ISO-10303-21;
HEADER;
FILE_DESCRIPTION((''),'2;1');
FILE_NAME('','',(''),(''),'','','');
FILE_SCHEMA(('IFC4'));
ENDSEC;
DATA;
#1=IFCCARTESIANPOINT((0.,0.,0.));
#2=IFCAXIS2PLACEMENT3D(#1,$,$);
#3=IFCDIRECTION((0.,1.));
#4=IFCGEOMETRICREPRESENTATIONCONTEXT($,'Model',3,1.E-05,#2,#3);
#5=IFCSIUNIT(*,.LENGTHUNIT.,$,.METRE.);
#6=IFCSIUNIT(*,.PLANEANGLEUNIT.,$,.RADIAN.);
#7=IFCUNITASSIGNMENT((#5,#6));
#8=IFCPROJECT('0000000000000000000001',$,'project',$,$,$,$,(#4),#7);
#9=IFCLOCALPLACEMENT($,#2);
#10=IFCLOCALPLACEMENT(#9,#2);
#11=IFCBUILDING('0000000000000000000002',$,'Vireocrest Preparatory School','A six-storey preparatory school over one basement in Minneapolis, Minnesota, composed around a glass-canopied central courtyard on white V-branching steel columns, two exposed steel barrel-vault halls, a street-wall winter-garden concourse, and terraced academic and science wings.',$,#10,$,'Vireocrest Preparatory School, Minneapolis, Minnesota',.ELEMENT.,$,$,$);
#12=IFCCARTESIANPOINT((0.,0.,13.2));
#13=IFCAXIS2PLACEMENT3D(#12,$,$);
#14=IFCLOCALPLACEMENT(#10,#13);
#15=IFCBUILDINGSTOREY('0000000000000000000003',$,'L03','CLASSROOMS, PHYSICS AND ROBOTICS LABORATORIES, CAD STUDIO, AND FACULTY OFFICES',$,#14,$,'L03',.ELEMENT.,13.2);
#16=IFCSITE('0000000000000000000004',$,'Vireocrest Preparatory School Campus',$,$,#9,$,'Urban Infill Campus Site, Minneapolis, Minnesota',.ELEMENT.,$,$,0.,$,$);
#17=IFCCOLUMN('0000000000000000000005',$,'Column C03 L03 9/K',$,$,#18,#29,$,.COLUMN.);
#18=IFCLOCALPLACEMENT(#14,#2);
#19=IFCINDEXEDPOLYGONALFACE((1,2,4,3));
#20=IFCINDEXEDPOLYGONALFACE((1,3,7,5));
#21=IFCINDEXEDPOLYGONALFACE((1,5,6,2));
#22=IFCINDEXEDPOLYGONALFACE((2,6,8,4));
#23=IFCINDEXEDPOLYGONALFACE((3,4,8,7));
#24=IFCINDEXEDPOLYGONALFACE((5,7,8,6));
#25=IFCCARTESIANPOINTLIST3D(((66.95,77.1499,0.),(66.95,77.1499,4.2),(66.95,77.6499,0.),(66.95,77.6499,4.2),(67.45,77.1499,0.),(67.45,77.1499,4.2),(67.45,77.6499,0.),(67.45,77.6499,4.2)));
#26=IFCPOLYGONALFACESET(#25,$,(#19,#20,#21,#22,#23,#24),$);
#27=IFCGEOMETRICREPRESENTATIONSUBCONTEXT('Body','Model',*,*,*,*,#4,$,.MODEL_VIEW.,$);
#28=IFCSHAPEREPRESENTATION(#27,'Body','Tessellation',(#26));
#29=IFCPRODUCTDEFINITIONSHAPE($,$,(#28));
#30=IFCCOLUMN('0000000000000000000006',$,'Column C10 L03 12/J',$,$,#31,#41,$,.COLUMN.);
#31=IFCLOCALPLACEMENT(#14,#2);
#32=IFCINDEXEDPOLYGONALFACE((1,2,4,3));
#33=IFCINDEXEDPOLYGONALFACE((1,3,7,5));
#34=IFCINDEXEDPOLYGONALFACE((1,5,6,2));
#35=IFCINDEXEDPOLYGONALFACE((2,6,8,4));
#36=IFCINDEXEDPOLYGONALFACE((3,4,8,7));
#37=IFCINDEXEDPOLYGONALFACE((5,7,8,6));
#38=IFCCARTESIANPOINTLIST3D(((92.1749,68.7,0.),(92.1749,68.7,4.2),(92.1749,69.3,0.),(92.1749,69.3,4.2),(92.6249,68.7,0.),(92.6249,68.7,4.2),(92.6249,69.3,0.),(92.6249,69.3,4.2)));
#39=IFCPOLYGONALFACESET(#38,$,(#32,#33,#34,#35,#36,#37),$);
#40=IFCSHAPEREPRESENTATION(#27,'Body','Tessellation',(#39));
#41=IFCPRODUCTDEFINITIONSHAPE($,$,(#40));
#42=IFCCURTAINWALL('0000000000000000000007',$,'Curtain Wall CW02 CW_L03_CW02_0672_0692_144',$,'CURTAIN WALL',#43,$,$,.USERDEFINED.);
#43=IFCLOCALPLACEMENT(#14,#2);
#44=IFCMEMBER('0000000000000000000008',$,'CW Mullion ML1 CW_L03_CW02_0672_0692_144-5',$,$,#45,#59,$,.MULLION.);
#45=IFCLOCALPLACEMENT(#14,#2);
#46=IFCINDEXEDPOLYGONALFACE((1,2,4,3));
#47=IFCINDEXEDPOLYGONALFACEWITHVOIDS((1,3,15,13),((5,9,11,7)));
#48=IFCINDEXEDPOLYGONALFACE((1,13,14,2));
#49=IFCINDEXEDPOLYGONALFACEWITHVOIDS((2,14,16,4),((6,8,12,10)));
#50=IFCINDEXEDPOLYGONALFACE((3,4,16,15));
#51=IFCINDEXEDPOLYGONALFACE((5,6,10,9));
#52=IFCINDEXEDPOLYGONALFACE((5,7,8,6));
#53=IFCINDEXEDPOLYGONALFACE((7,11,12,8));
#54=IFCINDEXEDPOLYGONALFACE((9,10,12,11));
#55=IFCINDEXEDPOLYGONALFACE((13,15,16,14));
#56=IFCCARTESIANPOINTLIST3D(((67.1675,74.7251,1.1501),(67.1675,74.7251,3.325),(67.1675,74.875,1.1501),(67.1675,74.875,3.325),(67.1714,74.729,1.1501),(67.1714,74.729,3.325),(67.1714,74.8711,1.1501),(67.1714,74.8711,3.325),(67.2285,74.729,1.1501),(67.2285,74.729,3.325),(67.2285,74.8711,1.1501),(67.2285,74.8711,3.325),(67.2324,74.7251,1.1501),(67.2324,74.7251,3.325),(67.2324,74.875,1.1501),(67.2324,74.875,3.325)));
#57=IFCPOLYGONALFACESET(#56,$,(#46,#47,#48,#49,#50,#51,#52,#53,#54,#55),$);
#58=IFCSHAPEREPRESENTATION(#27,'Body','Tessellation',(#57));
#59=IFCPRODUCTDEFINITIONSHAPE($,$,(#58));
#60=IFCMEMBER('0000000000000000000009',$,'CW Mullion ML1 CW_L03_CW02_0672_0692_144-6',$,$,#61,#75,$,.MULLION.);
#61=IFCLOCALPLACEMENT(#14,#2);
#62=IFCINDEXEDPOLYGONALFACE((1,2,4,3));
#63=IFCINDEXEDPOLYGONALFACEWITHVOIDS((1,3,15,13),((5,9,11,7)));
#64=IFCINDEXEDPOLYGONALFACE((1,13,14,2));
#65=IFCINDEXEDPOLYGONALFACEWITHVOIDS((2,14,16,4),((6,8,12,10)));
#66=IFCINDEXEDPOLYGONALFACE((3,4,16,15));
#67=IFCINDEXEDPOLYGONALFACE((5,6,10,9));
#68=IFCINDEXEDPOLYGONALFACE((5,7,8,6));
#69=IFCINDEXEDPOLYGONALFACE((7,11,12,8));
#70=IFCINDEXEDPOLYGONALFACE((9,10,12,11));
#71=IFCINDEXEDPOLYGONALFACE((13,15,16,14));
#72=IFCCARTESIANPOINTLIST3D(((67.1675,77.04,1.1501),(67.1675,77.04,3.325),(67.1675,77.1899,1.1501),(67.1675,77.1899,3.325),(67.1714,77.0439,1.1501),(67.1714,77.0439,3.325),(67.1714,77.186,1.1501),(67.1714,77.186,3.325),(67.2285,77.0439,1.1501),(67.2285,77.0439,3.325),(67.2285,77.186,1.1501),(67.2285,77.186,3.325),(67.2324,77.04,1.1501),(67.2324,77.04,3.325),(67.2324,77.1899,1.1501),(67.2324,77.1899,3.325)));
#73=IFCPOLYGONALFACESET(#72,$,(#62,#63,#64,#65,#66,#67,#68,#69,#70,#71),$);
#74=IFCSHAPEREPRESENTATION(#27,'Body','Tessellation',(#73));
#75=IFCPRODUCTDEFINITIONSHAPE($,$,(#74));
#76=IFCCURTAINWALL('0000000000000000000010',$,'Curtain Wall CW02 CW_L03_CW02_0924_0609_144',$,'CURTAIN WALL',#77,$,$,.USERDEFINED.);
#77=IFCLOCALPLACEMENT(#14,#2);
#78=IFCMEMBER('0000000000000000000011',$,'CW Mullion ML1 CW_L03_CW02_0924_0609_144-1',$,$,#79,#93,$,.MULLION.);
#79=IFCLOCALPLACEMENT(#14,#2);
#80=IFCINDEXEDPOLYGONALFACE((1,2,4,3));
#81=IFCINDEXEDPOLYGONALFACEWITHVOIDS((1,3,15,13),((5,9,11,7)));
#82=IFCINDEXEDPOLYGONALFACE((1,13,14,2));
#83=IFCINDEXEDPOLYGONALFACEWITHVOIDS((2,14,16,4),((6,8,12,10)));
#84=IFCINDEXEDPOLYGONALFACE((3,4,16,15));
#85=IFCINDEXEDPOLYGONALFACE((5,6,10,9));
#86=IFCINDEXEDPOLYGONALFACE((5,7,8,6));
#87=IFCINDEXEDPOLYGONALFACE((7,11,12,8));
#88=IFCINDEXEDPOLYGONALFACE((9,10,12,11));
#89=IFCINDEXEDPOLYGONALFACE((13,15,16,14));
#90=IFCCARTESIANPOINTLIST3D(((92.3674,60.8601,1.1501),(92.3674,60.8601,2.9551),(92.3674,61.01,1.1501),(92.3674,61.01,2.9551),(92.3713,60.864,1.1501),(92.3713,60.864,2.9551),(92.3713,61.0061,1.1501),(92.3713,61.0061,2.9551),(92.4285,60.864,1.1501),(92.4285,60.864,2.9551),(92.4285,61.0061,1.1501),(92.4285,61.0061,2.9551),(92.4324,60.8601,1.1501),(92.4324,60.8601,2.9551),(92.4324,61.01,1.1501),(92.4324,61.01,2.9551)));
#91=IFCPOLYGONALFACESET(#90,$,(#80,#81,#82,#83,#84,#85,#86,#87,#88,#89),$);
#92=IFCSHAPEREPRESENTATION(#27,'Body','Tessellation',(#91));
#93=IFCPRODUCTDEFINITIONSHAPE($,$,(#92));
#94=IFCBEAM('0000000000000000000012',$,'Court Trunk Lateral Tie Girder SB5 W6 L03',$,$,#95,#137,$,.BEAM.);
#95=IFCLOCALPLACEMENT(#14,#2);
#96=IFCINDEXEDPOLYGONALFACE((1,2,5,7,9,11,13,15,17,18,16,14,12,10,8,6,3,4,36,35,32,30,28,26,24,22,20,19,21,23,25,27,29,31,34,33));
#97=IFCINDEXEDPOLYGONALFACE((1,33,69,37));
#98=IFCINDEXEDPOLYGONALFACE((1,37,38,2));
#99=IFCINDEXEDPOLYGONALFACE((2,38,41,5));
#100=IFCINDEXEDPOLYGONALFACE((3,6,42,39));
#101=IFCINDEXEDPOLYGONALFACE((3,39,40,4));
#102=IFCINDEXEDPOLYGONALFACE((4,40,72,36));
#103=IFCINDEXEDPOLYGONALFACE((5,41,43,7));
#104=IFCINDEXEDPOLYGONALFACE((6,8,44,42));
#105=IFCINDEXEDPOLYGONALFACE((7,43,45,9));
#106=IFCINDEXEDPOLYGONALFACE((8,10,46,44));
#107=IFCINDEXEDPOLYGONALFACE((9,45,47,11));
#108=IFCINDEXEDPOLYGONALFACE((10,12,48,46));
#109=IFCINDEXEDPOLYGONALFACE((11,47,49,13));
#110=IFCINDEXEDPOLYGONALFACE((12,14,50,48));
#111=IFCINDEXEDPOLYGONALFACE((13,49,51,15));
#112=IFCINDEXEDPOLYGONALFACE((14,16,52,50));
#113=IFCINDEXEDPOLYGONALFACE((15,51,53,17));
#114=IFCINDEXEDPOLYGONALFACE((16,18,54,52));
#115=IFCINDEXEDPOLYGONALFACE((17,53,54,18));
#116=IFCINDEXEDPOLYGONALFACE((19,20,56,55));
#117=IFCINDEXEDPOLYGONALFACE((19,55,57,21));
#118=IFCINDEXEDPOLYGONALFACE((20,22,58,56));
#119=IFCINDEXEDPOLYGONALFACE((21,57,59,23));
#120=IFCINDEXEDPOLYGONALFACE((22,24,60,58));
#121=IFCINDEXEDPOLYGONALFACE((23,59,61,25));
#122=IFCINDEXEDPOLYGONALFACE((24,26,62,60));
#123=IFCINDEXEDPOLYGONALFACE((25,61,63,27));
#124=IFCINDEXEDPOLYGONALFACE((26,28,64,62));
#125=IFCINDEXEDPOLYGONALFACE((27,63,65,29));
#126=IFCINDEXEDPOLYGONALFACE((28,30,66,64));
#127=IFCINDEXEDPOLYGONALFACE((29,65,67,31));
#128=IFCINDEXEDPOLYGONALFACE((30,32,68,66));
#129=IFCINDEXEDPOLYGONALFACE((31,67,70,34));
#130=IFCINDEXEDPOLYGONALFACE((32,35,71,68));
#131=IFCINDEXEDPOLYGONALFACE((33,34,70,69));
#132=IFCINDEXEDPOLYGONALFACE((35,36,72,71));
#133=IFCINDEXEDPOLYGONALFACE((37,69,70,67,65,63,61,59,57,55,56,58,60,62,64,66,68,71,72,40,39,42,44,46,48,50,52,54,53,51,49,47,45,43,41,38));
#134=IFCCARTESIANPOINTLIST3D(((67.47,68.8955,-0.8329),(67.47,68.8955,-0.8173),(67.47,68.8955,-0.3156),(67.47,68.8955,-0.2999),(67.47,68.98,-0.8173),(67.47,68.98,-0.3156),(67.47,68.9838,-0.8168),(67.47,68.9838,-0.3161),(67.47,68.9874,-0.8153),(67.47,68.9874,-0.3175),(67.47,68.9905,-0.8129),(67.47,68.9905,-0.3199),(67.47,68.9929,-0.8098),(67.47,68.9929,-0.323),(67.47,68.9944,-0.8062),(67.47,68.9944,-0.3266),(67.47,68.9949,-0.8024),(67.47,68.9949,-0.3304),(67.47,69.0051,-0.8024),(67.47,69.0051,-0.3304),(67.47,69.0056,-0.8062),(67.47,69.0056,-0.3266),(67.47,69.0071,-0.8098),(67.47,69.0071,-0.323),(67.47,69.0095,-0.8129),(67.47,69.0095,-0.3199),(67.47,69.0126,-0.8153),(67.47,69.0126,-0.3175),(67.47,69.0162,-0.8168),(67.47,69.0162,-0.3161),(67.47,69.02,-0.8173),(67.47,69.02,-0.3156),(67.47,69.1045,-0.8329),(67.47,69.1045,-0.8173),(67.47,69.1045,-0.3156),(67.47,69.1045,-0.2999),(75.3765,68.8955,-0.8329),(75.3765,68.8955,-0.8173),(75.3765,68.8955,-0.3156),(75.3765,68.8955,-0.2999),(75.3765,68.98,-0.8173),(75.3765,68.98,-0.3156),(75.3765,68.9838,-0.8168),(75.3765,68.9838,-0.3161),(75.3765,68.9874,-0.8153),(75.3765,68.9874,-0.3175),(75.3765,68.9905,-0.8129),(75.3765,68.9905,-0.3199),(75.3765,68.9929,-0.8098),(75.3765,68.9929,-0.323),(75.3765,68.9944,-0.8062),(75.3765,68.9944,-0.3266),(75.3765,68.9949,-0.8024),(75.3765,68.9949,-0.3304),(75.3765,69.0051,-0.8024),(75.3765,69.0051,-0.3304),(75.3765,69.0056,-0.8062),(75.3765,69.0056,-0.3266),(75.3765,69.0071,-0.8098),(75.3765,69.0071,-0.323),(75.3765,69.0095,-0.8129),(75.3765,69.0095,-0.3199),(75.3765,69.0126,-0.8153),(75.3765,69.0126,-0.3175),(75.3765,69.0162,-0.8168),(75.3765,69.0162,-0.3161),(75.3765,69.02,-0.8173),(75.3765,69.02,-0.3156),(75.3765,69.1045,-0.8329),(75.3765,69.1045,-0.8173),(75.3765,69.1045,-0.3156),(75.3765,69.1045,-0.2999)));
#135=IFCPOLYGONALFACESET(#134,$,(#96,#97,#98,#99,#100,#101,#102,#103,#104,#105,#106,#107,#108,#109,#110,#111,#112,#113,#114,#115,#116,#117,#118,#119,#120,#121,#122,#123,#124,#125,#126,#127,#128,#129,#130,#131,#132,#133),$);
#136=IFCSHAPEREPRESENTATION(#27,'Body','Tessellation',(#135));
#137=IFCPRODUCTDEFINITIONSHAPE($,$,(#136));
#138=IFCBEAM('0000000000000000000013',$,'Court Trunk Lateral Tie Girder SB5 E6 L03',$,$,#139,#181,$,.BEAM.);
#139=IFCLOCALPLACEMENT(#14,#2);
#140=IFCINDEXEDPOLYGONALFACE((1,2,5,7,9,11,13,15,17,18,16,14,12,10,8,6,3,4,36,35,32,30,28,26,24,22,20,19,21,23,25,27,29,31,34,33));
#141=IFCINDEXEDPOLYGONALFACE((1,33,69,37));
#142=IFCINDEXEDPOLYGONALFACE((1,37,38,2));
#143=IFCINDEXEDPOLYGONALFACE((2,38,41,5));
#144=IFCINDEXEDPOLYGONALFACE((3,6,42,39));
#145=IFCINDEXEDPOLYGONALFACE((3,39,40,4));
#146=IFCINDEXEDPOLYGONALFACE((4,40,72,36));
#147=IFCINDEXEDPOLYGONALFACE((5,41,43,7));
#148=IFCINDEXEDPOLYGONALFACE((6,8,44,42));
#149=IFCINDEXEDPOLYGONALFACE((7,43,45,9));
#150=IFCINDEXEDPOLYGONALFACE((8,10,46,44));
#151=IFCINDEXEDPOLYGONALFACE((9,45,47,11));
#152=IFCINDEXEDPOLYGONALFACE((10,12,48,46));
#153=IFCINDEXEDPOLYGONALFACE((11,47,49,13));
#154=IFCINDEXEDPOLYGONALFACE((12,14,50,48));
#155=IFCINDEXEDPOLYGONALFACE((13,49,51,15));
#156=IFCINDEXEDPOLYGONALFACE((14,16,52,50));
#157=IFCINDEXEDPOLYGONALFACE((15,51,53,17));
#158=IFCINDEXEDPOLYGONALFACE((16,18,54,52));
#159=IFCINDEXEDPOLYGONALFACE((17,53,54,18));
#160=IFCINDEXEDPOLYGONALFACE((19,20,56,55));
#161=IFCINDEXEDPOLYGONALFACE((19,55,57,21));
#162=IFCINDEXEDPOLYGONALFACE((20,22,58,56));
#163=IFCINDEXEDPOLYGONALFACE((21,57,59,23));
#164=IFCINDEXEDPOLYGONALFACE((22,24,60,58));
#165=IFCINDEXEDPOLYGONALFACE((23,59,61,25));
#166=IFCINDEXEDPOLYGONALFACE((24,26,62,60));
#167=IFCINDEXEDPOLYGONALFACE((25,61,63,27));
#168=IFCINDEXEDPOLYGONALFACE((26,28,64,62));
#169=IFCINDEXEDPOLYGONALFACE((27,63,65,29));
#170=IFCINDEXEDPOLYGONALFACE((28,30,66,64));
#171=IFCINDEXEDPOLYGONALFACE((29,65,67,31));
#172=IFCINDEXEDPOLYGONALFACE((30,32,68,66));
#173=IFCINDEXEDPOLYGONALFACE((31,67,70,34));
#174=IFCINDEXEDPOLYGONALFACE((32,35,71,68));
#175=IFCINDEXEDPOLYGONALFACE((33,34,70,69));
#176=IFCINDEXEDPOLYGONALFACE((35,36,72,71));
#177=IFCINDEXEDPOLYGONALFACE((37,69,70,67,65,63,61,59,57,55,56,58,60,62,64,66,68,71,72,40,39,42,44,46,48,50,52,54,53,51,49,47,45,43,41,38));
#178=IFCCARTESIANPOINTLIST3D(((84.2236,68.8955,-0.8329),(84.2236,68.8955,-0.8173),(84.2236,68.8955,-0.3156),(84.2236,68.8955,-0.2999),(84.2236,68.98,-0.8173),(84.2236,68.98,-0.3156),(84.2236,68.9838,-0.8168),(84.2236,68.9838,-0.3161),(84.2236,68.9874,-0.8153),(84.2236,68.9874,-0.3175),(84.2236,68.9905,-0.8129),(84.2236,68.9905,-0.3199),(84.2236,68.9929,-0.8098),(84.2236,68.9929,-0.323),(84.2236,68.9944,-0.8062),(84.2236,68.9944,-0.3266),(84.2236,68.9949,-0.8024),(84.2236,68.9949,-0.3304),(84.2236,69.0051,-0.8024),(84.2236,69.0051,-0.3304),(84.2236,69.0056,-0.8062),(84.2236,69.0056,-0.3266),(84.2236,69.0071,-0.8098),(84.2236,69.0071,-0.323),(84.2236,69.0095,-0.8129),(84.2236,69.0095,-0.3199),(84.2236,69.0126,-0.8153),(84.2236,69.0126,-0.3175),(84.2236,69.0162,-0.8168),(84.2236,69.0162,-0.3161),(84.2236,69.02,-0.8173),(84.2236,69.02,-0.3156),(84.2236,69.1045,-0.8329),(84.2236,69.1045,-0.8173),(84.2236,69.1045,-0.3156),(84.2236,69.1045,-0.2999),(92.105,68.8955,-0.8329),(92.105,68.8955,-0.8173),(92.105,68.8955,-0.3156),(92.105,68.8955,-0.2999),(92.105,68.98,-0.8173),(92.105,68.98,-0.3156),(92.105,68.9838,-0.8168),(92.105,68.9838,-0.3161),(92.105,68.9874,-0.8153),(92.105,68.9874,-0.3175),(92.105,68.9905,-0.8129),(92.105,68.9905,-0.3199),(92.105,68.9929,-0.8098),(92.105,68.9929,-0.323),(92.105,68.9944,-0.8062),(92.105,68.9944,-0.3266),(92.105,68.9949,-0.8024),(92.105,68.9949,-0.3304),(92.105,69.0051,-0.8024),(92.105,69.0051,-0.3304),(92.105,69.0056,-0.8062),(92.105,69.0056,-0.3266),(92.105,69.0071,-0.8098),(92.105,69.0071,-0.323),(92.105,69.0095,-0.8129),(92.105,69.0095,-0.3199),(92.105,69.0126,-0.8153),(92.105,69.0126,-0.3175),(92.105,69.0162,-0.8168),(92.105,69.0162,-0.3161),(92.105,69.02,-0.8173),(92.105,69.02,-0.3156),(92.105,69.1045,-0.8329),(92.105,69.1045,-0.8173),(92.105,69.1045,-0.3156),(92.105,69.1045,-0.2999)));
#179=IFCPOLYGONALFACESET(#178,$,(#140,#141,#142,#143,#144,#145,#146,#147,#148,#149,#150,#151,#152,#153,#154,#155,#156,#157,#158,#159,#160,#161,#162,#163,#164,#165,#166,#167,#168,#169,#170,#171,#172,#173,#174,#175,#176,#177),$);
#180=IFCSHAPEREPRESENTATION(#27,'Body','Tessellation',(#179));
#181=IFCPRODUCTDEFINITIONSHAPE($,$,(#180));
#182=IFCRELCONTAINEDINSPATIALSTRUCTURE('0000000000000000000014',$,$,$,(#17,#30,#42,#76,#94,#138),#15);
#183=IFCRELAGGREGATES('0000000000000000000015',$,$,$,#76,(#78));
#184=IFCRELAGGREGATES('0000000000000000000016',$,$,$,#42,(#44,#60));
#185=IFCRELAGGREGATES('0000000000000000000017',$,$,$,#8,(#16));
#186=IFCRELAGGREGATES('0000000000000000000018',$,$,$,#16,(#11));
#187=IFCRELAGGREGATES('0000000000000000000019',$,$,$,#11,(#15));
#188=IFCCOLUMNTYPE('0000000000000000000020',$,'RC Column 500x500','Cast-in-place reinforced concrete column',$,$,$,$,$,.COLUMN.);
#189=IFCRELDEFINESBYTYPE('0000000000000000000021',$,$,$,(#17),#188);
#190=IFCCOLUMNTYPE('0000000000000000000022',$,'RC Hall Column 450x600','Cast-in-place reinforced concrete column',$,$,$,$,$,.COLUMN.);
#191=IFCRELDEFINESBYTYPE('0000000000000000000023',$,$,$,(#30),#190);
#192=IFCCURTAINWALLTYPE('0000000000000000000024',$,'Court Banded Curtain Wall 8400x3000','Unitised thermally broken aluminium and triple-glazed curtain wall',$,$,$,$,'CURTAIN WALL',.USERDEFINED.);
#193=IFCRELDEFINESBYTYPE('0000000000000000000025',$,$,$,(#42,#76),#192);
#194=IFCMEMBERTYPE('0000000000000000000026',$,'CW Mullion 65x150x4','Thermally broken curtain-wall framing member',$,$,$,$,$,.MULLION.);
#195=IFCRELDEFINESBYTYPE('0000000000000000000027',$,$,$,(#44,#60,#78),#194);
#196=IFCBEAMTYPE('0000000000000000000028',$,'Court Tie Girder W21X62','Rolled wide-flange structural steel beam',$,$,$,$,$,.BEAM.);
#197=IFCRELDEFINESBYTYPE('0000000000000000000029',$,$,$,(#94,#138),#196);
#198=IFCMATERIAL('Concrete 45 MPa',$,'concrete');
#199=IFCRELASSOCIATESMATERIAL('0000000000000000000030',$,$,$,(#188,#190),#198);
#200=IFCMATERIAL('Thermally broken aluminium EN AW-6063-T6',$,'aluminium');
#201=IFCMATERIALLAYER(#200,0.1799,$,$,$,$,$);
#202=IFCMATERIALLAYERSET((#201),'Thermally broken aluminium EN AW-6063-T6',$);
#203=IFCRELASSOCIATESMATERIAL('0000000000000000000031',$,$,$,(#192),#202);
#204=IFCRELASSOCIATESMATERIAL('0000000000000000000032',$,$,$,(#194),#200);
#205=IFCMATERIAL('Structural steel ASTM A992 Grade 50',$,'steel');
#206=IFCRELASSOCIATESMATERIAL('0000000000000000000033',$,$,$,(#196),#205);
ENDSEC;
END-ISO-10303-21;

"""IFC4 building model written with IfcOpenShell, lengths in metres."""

from ifc_helpers import new_model, si_unit, direction, frame, origin, origin_2d, place, context, subcontext, project, spatial, rectangle, hollow_rectangle, i_section, extrude, material, layer, layer_set, material_profile, profile_set, type_object, element, aggregate, save


model = new_model("IFC4")

# Units and contexts
model_context = context("Model", 3, precision=1e-05, world=origin(), true_north=direction((0.0, 1.0)))
body_context = subcontext(model_context, "Body", "Model", "MODEL_VIEW")
ifc_project = project(units=[si_unit("LENGTHUNIT", "METRE"), si_unit("PLANEANGLEUNIT", "RADIAN")], contexts=[model_context])

# Site, building, storey
site_placement = place(None, origin())
site = spatial("IfcSite", under=ifc_project, at=site_placement, Name="Vireocrest Preparatory School Campus", LongName="Urban Infill Campus Site, Minneapolis, Minnesota", CompositionType="ELEMENT", RefElevation=0.0)
building_placement = place(site_placement, origin())
building = spatial("IfcBuilding", under=site, at=building_placement, Name="Vireocrest Preparatory School", Description="A six-storey preparatory school over one basement in Minneapolis, Minnesota, composed around a glass-canopied central courtyard on white V-branching steel columns, two exposed steel barrel-vault halls, a street-wall winter-garden concourse, and terraced academic and science wings.", LongName="Vireocrest Preparatory School, Minneapolis, Minnesota", CompositionType="ELEMENT")
storey_placement = place(building_placement, frame((0.0, 0.0, 13.2)))
storey = spatial("IfcBuildingStorey", under=building, at=storey_placement, Name="L03", Description="CLASSROOMS, PHYSICS AND ROBOTICS LABORATORIES, CAD STUDIO, AND FACULTY OFFICES", LongName="L03", CompositionType="ELEMENT", Elevation=13.2)

# Columns
ifc_material_1 = material(Name="Concrete 45 MPa", Category="concrete")
ifc_material_profile_1 = material_profile(ifc_material_1, rectangle(XDim=0.5, YDim=0.5, at=origin_2d()), Name="RC 500x500")
ifc_profile_set_1 = profile_set([ifc_material_profile_1], Name="Concrete 45 MPa")
column_type_1 = type_object("IfcColumnType", Name="RC Column 500x500", Description="Cast-in-place reinforced concrete column", PredefinedType="COLUMN", material=ifc_profile_set_1)
column_1_placement = place(storey_placement, frame((67.2, 77.3999, 0.0), z_axis=(0.0, 0.0, 1.0), x_axis=(1.0, 0.0, 0.0)))
element("IfcColumn", 1, at=column_1_placement, inside=storey, type_object=column_type_1, Name="Column C03 L03 9/K", PredefinedType="COLUMN", context=body_context, shape_type="SweptSolid", body=[
    extrude(rectangle(XDim=0.5, YDim=0.5, at=origin_2d()), origin(), (0.0, 0.0, 1.0), 4.2),
])
ifc_material_profile_2 = material_profile(ifc_material_1, rectangle(XDim=0.45, YDim=0.6001, at=origin_2d()), Name="RC 450x600")
ifc_profile_set_2 = profile_set([ifc_material_profile_2], Name="Concrete 45 MPa")
column_type_2 = type_object("IfcColumnType", Name="RC Hall Column 450x600", Description="Cast-in-place reinforced concrete column", PredefinedType="COLUMN", material=ifc_profile_set_2)
column_2_placement = place(storey_placement, frame((92.3999, 69.0, 0.0), z_axis=(0.0, 0.0, 1.0), x_axis=(1.0, 0.0, 0.0)))
element("IfcColumn", 2, at=column_2_placement, inside=storey, type_object=column_type_2, Name="Column C10 L03 12/J", PredefinedType="COLUMN", context=body_context, shape_type="SweptSolid", body=[
    extrude(rectangle(XDim=0.45, YDim=0.6001, at=origin_2d()), origin(), (0.0, 0.0, 1.0), 4.2),
])

# Curtain wall, members
ifc_material_2 = material(Name="Thermally broken aluminium EN AW-6063-T6", Category="aluminium")
ifc_layer_1 = layer(ifc_material_2, 0.1799)
ifc_layer_set_1 = layer_set([ifc_layer_1], Name="Thermally broken aluminium EN AW-6063-T6")
curtain_wall_type = type_object("IfcCurtainWallType", Name="Court Banded Curtain Wall 8400x3000", Description="Unitised thermally broken aluminium and triple-glazed curtain wall", ElementType="CURTAIN WALL", PredefinedType="USERDEFINED", material=ifc_layer_set_1)
curtain_wall_1_placement = place(storey_placement, origin())
curtain_wall_1 = element("IfcCurtainWall", 3, at=curtain_wall_1_placement, inside=storey, type_object=curtain_wall_type, Name="Curtain Wall CW02 CW_L03_CW02_0672_0692_144", ObjectType="CURTAIN WALL", PredefinedType="USERDEFINED")
ifc_material_profile_3 = material_profile(ifc_material_2, hollow_rectangle(XDim=0.0649, YDim=0.1499, WallThickness=0.0039, at=origin_2d()), Name="ALU 65x150x4")
ifc_profile_set_3 = profile_set([ifc_material_profile_3], Name="Thermally broken aluminium EN AW-6063-T6")
member_type_1 = type_object("IfcMemberType", Name="CW Mullion 65x150x4", Description="Thermally broken curtain-wall framing member", PredefinedType="MULLION", material=ifc_profile_set_3)
member_1_placement = place(storey_placement, frame((67.2, 74.8, 1.1501), z_axis=(0.0, 0.0, 1.0), x_axis=(1.0, 0.0, 0.0)))
member_1 = element("IfcMember", 4, at=member_1_placement, type_object=member_type_1, Name="CW Mullion ML1 CW_L03_CW02_0672_0692_144-5", PredefinedType="MULLION", context=body_context, shape_type="SweptSolid", body=[
    extrude(hollow_rectangle(XDim=0.0649, YDim=0.1499, WallThickness=0.0039, at=origin_2d()), origin(), (0.0, 0.0, 1.0), 2.1748),
])
member_2_placement = place(storey_placement, frame((67.2, 77.115, 1.1501), z_axis=(0.0, 0.0, 1.0), x_axis=(1.0, 0.0, 0.0)))
member_2 = element("IfcMember", 5, at=member_2_placement, type_object=member_type_1, Name="CW Mullion ML1 CW_L03_CW02_0672_0692_144-6", PredefinedType="MULLION", context=body_context, shape_type="SweptSolid", body=[
    extrude(hollow_rectangle(XDim=0.0649, YDim=0.1499, WallThickness=0.0039, at=origin_2d()), origin(), (0.0, 0.0, 1.0), 2.1748),
])

# Curtain wall, member
curtain_wall_2_placement = place(storey_placement, origin())
curtain_wall_2 = element("IfcCurtainWall", 6, at=curtain_wall_2_placement, inside=storey, type_object=curtain_wall_type, Name="Curtain Wall CW02 CW_L03_CW02_0924_0609_144", ObjectType="CURTAIN WALL", PredefinedType="USERDEFINED")
member_3_placement = place(storey_placement, frame((92.3999, 60.9351, 1.1501), z_axis=(0.0, 0.0, 1.0), x_axis=(1.0, 0.0, 0.0)))
member_3 = element("IfcMember", 7, at=member_3_placement, type_object=member_type_1, Name="CW Mullion ML1 CW_L03_CW02_0924_0609_144-1", PredefinedType="MULLION", context=body_context, shape_type="SweptSolid", body=[
    extrude(hollow_rectangle(XDim=0.0649, YDim=0.1499, WallThickness=0.0039, at=origin_2d()), origin(), (0.0, 0.0, 1.0), 1.8049),
])
aggregate(curtain_wall_2, [member_3])

# Beams
ifc_material_3 = material(Name="Structural steel ASTM A992 Grade 50", Category="steel")
ifc_material_profile_4 = material_profile(ifc_material_3, i_section(OverallWidth=0.209, OverallDepth=0.533, WebThickness=0.0103, FlangeThickness=0.0156, FilletRadius=0.0149, at=origin_2d()), Name="W21X62")
ifc_profile_set_4 = profile_set([ifc_material_profile_4], Name="Structural steel ASTM A992 Grade 50")
beam_type_1 = type_object("IfcBeamType", Name="Court Tie Girder W21X62", Description="Rolled wide-flange structural steel beam", PredefinedType="BEAM", material=ifc_profile_set_4)
beam_1_placement = place(storey_placement, frame((67.47, 69.0, -0.5664), z_axis=(1.0, 0.0, 0.0), x_axis=(0.0, 1.0, 0.0)))
element("IfcBeam", 8, at=beam_1_placement, inside=storey, type_object=beam_type_1, Name="Court Trunk Lateral Tie Girder SB5 W6 L03", PredefinedType="BEAM", context=body_context, shape_type="SweptSolid", body=[
    extrude(i_section(OverallWidth=0.209, OverallDepth=0.533, WebThickness=0.0103, FlangeThickness=0.0156, FilletRadius=0.0149, at=origin_2d()), origin(), (0.0, 0.0, 1.0), 7.9065),
])
beam_2_placement = place(storey_placement, frame((84.2236, 69.0, -0.5664), z_axis=(1.0, 0.0, 0.0), x_axis=(0.0, 1.0, 0.0)))
element("IfcBeam", 9, at=beam_2_placement, inside=storey, type_object=beam_type_1, Name="Court Trunk Lateral Tie Girder SB5 E6 L03", PredefinedType="BEAM", context=body_context, shape_type="SweptSolid", body=[
    extrude(i_section(OverallWidth=0.209, OverallDepth=0.533, WebThickness=0.0103, FlangeThickness=0.0156, FilletRadius=0.0149, at=origin_2d()), origin(), (0.0, 0.0, 1.0), 7.8813),
])

aggregate(curtain_wall_1, [member_1, member_2])

save(model, "model.ifc")
